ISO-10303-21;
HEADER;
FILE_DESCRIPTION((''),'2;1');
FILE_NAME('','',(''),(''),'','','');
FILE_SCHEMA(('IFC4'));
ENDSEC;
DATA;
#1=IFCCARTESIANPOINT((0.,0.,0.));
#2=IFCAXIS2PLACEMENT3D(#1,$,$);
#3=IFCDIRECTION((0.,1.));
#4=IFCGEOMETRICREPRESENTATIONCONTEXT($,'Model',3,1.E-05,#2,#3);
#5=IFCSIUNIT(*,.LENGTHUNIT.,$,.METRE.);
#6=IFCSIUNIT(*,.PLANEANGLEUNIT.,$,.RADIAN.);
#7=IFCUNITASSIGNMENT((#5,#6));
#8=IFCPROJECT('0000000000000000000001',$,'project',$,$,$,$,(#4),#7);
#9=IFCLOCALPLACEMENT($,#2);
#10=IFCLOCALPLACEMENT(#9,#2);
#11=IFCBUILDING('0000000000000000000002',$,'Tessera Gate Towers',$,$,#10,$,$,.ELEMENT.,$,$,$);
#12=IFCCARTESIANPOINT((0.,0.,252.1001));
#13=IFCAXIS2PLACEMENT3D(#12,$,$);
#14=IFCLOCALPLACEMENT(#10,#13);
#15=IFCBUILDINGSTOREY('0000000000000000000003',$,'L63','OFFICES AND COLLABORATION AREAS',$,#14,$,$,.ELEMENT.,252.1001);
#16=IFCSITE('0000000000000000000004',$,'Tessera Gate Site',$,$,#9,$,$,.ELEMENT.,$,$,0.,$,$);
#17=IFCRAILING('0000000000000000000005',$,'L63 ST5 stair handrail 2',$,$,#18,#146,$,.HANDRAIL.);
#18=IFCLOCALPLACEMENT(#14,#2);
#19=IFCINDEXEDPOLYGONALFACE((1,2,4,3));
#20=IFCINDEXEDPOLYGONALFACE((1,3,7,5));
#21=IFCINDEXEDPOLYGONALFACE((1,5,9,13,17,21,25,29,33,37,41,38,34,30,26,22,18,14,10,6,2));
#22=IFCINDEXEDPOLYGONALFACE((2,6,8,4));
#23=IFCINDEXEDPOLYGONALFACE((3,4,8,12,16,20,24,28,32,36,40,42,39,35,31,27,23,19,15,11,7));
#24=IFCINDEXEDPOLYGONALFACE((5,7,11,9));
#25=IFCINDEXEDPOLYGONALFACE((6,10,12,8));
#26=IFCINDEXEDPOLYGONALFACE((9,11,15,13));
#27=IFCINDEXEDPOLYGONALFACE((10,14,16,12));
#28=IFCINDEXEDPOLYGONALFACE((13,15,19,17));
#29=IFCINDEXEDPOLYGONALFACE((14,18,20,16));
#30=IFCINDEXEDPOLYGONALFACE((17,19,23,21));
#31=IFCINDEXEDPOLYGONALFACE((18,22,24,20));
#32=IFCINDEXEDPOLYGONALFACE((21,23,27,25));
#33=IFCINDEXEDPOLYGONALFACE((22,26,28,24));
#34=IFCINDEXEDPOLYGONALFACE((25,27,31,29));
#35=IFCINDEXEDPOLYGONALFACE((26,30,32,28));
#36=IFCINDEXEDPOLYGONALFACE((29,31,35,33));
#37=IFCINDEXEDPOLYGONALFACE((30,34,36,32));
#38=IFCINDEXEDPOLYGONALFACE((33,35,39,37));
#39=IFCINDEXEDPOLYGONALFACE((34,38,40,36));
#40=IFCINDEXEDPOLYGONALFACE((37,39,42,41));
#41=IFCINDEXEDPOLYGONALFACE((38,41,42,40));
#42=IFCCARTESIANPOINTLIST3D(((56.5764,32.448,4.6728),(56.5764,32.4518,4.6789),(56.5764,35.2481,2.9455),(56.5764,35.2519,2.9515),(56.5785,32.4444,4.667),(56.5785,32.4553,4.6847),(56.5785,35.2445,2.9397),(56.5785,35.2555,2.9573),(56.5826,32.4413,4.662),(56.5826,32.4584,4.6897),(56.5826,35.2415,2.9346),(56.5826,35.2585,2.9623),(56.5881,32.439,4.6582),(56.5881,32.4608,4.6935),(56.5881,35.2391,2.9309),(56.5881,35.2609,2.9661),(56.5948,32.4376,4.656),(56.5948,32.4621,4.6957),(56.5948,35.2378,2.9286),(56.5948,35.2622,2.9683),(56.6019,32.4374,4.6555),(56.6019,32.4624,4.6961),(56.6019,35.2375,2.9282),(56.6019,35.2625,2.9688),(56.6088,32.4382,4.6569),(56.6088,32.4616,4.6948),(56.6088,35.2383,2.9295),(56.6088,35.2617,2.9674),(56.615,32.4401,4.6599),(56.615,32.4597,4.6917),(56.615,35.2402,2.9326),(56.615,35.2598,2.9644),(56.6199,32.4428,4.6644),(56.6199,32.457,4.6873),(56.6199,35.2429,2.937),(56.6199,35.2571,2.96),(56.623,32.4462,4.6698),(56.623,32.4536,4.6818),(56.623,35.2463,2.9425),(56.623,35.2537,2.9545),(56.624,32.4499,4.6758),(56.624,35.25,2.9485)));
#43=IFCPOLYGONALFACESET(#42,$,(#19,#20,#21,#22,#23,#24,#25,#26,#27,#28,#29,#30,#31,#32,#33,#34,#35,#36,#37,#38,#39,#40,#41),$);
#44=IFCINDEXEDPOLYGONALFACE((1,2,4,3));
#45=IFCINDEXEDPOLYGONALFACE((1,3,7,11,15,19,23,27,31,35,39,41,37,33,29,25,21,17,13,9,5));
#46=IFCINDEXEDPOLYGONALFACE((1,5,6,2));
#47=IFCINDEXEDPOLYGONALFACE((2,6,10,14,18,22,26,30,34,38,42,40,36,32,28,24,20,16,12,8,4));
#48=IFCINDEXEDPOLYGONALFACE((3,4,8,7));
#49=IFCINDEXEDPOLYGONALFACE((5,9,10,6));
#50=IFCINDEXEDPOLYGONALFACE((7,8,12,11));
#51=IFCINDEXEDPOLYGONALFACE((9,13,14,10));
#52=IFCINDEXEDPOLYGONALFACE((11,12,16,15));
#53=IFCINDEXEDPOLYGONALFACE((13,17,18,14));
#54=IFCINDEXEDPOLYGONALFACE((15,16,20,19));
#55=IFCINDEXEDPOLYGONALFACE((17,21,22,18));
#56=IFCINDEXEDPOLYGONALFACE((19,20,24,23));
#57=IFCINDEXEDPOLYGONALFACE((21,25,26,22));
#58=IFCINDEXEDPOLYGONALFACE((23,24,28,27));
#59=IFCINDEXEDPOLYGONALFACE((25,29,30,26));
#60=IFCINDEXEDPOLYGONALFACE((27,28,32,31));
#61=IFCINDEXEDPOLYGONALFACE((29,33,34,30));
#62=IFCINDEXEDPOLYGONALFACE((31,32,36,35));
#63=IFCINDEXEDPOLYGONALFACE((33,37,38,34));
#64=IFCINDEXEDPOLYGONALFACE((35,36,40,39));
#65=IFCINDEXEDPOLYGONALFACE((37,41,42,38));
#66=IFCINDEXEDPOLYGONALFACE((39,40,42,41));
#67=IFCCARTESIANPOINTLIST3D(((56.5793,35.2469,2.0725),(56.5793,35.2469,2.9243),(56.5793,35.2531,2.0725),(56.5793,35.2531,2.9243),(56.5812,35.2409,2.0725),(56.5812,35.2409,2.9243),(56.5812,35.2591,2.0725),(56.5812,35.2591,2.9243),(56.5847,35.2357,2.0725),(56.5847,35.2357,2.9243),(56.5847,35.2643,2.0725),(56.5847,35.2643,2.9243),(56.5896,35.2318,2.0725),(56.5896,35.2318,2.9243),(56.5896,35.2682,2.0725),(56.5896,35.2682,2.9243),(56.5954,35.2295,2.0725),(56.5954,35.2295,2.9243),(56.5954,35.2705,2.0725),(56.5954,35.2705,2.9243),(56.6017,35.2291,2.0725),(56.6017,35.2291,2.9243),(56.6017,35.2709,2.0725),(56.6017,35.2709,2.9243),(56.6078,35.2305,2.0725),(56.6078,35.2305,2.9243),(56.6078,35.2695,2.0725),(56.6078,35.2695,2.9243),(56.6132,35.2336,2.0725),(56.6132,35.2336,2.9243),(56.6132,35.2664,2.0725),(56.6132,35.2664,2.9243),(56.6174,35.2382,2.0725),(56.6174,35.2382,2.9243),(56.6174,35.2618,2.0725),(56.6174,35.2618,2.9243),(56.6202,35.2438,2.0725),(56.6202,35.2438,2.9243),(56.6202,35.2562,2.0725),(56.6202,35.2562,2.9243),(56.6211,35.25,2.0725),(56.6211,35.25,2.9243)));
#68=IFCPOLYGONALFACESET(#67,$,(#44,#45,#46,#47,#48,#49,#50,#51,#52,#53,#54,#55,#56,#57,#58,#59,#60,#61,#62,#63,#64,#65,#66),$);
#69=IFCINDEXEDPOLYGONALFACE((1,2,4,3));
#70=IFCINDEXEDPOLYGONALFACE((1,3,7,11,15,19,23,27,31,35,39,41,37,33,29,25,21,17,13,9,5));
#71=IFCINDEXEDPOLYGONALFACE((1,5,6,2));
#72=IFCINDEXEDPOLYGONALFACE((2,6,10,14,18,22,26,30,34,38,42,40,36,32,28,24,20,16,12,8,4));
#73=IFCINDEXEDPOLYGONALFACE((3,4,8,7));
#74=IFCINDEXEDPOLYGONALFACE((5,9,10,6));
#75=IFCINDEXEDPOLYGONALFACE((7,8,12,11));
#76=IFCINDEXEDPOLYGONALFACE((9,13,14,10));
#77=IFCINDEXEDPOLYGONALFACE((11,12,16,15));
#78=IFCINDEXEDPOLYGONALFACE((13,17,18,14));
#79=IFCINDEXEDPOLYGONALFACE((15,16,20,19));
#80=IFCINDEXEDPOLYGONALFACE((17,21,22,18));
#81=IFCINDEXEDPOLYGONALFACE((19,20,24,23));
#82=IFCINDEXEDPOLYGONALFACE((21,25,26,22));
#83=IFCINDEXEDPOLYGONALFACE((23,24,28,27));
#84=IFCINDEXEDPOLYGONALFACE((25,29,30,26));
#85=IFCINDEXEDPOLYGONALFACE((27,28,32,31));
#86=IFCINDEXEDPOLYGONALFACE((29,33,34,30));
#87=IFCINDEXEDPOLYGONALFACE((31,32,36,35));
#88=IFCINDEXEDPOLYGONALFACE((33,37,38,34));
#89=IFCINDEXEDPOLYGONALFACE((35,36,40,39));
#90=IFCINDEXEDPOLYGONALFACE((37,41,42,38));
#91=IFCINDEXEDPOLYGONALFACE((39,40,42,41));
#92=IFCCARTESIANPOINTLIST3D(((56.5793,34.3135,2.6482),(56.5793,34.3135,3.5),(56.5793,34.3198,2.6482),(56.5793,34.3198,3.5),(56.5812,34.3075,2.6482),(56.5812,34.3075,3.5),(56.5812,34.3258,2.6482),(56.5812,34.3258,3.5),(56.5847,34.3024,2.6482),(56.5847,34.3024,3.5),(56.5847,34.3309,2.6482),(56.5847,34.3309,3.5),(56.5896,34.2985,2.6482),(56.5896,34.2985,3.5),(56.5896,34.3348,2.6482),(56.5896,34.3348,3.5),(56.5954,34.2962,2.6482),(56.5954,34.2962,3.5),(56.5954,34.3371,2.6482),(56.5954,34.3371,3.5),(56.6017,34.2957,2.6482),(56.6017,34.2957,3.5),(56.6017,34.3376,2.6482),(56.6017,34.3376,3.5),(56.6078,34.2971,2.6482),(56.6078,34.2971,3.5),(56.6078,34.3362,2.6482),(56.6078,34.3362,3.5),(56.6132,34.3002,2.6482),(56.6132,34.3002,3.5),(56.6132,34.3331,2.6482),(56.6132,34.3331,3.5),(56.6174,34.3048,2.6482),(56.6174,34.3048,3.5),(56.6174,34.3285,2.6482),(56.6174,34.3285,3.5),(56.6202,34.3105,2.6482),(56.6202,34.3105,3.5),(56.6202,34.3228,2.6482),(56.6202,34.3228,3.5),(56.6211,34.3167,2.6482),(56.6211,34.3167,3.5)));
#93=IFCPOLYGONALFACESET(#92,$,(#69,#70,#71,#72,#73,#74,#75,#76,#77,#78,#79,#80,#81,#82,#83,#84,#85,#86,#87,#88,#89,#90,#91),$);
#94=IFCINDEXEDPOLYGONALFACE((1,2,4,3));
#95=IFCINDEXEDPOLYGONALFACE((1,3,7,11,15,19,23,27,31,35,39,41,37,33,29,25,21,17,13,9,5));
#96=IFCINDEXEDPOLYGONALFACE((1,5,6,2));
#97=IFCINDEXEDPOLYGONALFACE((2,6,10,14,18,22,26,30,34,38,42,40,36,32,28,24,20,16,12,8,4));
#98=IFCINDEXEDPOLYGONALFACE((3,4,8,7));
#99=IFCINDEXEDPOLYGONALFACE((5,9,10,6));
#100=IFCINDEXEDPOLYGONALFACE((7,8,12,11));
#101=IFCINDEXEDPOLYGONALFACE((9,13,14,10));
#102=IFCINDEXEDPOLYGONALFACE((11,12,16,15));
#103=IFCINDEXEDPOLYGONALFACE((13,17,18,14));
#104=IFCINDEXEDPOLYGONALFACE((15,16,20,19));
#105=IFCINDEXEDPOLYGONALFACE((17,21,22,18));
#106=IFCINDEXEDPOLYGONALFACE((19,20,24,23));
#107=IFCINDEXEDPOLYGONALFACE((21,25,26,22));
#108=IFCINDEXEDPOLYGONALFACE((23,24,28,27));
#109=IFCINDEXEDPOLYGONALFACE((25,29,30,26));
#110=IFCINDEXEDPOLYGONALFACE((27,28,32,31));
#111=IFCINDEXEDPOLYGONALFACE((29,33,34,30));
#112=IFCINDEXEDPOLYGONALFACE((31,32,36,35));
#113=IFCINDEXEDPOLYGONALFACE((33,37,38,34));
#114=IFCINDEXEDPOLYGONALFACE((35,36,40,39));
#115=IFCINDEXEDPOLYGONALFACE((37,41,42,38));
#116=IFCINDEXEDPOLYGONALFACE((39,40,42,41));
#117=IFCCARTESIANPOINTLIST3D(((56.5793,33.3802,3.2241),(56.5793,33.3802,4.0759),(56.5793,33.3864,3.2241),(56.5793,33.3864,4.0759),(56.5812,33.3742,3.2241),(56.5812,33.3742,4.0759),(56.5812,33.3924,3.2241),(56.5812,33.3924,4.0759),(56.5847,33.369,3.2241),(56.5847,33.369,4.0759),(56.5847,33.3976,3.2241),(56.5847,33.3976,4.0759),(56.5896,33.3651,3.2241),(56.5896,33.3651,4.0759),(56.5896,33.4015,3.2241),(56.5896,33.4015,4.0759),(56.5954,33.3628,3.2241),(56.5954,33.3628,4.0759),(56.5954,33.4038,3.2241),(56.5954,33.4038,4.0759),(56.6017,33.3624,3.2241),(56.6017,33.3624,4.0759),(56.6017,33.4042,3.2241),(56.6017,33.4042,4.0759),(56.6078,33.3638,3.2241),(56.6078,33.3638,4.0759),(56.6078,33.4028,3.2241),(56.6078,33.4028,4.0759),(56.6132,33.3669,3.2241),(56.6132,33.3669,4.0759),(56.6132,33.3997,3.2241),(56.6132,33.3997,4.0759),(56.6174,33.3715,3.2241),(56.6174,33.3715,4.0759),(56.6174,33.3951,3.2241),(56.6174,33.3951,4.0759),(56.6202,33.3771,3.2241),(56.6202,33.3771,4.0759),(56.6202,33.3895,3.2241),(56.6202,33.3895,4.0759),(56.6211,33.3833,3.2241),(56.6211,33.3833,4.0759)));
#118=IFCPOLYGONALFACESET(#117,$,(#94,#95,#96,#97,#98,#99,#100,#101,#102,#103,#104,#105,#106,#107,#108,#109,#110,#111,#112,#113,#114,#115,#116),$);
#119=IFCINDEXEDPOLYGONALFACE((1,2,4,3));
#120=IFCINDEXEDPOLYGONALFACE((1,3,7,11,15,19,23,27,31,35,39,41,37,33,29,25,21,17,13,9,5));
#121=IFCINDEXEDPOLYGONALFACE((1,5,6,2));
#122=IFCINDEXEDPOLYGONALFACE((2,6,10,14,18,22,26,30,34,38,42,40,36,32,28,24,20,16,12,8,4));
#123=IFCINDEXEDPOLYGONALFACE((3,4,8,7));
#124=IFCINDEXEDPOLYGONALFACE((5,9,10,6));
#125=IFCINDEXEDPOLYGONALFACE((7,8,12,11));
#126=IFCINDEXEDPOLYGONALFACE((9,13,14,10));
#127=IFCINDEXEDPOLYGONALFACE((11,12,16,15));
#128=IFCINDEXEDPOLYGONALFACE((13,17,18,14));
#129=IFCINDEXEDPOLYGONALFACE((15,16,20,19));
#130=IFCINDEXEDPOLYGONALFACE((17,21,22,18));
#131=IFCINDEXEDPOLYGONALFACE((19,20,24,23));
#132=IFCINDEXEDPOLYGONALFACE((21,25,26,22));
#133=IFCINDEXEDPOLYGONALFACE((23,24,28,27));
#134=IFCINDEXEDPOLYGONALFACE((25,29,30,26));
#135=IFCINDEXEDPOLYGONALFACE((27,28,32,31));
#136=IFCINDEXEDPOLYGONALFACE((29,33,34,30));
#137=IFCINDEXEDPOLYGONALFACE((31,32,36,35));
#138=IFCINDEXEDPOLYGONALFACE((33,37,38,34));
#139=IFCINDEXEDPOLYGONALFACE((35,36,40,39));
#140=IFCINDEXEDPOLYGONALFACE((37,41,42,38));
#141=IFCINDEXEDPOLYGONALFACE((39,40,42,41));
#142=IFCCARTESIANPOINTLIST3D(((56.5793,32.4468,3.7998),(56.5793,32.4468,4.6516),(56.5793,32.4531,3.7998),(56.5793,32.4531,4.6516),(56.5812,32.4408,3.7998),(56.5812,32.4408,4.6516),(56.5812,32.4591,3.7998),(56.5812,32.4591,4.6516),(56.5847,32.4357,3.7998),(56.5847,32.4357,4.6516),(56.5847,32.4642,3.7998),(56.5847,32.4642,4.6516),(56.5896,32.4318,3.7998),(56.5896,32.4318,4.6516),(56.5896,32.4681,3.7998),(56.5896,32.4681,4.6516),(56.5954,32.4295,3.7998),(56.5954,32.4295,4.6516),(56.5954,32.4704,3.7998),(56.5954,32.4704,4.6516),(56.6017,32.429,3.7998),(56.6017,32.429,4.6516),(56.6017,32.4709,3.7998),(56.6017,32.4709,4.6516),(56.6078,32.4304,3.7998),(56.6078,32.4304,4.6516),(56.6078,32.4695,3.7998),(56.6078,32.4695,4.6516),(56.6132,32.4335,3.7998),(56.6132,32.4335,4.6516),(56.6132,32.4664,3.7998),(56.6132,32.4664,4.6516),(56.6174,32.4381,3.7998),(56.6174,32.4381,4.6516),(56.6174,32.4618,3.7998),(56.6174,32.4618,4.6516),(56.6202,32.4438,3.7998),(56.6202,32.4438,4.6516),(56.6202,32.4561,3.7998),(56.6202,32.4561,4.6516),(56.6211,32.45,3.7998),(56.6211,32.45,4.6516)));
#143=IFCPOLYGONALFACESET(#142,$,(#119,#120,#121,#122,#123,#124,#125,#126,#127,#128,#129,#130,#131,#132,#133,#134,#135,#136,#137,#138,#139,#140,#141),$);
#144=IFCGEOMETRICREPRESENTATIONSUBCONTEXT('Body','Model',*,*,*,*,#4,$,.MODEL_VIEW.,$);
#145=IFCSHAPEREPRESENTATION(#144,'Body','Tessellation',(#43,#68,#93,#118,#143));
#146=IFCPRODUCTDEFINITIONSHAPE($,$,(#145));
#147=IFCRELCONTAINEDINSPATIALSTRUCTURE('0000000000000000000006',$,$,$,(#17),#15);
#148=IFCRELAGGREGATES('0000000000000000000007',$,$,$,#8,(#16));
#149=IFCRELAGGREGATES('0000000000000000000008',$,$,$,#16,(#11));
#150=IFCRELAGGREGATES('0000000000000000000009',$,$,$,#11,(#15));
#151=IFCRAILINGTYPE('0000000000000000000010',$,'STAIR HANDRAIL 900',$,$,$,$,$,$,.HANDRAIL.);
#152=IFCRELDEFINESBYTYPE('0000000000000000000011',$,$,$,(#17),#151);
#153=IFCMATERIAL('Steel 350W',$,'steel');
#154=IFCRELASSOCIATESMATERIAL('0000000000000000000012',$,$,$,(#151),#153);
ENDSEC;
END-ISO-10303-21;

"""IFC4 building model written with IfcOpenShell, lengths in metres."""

from ifc_helpers import new_model, si_unit, direction, frame, origin, origin_2d, place, context, subcontext, project, spatial, circle, extrude, material, type_object, element, save


model = new_model("IFC4")

# Units and contexts
model_context = context("Model", 3, precision=1e-05, world=origin(), true_north=direction((0.0, 1.0)))
body_context = subcontext(model_context, "Body", "Model", "MODEL_VIEW")
ifc_project = project(units=[si_unit("LENGTHUNIT", "METRE"), si_unit("PLANEANGLEUNIT", "RADIAN")], contexts=[model_context])

# Site, building, storey
site_placement = place(None, origin())
site = spatial("IfcSite", under=ifc_project, at=site_placement, Name="Tessera Gate Site", CompositionType="ELEMENT", RefElevation=0.0)
building_placement = place(site_placement, origin())
building = spatial("IfcBuilding", under=site, at=building_placement, Name="Tessera Gate Towers", CompositionType="ELEMENT")
storey_placement = place(building_placement, frame((0.0, 0.0, 252.1001)))
storey = spatial("IfcBuildingStorey", under=building, at=storey_placement, Name="L63", Description="OFFICES AND COLLABORATION AREAS", CompositionType="ELEMENT", Elevation=252.1001)

# Railing
ifc_material_1 = material(Name="Steel 350W", Category="steel")
railing_type_1 = type_object("IfcRailingType", Name="STAIR HANDRAIL 900", PredefinedType="HANDRAIL", material=ifc_material_1)
railing_1_placement = place(storey_placement, frame((56.6001, 35.25, 2.0725)))
element("IfcRailing", 1, at=railing_1_placement, inside=storey, type_object=railing_type_1, Name="L63 ST5 stair handrail 2", PredefinedType="HANDRAIL", context=body_context, shape_type="SweptSolid", body=[
    extrude(circle(Radius=0.0239, at=origin_2d()), frame((0.0, 0.0, 0.876), z_axis=(0.0, -0.85109, 0.52502), x_axis=(1.0, 0.0, 0.0)), (0.0, 0.0, 1.0), 3.29),
    extrude(circle(Radius=0.021, at=origin_2d()), origin(), (0.0, 0.0, 1.0), 0.8518),
    extrude(circle(Radius=0.021, at=origin_2d()), frame((0.0, -0.9333, 0.5757)), (0.0, 0.0, 1.0), 0.8518),
    extrude(circle(Radius=0.021, at=origin_2d()), frame((0.0, -1.8667, 1.1516)), (0.0, 0.0, 1.0), 0.8518),
    extrude(circle(Radius=0.021, at=origin_2d()), frame((0.0, -2.8, 1.7273)), (0.0, 0.0, 1.0), 0.8518),
])

save(model, "model.ifc")
